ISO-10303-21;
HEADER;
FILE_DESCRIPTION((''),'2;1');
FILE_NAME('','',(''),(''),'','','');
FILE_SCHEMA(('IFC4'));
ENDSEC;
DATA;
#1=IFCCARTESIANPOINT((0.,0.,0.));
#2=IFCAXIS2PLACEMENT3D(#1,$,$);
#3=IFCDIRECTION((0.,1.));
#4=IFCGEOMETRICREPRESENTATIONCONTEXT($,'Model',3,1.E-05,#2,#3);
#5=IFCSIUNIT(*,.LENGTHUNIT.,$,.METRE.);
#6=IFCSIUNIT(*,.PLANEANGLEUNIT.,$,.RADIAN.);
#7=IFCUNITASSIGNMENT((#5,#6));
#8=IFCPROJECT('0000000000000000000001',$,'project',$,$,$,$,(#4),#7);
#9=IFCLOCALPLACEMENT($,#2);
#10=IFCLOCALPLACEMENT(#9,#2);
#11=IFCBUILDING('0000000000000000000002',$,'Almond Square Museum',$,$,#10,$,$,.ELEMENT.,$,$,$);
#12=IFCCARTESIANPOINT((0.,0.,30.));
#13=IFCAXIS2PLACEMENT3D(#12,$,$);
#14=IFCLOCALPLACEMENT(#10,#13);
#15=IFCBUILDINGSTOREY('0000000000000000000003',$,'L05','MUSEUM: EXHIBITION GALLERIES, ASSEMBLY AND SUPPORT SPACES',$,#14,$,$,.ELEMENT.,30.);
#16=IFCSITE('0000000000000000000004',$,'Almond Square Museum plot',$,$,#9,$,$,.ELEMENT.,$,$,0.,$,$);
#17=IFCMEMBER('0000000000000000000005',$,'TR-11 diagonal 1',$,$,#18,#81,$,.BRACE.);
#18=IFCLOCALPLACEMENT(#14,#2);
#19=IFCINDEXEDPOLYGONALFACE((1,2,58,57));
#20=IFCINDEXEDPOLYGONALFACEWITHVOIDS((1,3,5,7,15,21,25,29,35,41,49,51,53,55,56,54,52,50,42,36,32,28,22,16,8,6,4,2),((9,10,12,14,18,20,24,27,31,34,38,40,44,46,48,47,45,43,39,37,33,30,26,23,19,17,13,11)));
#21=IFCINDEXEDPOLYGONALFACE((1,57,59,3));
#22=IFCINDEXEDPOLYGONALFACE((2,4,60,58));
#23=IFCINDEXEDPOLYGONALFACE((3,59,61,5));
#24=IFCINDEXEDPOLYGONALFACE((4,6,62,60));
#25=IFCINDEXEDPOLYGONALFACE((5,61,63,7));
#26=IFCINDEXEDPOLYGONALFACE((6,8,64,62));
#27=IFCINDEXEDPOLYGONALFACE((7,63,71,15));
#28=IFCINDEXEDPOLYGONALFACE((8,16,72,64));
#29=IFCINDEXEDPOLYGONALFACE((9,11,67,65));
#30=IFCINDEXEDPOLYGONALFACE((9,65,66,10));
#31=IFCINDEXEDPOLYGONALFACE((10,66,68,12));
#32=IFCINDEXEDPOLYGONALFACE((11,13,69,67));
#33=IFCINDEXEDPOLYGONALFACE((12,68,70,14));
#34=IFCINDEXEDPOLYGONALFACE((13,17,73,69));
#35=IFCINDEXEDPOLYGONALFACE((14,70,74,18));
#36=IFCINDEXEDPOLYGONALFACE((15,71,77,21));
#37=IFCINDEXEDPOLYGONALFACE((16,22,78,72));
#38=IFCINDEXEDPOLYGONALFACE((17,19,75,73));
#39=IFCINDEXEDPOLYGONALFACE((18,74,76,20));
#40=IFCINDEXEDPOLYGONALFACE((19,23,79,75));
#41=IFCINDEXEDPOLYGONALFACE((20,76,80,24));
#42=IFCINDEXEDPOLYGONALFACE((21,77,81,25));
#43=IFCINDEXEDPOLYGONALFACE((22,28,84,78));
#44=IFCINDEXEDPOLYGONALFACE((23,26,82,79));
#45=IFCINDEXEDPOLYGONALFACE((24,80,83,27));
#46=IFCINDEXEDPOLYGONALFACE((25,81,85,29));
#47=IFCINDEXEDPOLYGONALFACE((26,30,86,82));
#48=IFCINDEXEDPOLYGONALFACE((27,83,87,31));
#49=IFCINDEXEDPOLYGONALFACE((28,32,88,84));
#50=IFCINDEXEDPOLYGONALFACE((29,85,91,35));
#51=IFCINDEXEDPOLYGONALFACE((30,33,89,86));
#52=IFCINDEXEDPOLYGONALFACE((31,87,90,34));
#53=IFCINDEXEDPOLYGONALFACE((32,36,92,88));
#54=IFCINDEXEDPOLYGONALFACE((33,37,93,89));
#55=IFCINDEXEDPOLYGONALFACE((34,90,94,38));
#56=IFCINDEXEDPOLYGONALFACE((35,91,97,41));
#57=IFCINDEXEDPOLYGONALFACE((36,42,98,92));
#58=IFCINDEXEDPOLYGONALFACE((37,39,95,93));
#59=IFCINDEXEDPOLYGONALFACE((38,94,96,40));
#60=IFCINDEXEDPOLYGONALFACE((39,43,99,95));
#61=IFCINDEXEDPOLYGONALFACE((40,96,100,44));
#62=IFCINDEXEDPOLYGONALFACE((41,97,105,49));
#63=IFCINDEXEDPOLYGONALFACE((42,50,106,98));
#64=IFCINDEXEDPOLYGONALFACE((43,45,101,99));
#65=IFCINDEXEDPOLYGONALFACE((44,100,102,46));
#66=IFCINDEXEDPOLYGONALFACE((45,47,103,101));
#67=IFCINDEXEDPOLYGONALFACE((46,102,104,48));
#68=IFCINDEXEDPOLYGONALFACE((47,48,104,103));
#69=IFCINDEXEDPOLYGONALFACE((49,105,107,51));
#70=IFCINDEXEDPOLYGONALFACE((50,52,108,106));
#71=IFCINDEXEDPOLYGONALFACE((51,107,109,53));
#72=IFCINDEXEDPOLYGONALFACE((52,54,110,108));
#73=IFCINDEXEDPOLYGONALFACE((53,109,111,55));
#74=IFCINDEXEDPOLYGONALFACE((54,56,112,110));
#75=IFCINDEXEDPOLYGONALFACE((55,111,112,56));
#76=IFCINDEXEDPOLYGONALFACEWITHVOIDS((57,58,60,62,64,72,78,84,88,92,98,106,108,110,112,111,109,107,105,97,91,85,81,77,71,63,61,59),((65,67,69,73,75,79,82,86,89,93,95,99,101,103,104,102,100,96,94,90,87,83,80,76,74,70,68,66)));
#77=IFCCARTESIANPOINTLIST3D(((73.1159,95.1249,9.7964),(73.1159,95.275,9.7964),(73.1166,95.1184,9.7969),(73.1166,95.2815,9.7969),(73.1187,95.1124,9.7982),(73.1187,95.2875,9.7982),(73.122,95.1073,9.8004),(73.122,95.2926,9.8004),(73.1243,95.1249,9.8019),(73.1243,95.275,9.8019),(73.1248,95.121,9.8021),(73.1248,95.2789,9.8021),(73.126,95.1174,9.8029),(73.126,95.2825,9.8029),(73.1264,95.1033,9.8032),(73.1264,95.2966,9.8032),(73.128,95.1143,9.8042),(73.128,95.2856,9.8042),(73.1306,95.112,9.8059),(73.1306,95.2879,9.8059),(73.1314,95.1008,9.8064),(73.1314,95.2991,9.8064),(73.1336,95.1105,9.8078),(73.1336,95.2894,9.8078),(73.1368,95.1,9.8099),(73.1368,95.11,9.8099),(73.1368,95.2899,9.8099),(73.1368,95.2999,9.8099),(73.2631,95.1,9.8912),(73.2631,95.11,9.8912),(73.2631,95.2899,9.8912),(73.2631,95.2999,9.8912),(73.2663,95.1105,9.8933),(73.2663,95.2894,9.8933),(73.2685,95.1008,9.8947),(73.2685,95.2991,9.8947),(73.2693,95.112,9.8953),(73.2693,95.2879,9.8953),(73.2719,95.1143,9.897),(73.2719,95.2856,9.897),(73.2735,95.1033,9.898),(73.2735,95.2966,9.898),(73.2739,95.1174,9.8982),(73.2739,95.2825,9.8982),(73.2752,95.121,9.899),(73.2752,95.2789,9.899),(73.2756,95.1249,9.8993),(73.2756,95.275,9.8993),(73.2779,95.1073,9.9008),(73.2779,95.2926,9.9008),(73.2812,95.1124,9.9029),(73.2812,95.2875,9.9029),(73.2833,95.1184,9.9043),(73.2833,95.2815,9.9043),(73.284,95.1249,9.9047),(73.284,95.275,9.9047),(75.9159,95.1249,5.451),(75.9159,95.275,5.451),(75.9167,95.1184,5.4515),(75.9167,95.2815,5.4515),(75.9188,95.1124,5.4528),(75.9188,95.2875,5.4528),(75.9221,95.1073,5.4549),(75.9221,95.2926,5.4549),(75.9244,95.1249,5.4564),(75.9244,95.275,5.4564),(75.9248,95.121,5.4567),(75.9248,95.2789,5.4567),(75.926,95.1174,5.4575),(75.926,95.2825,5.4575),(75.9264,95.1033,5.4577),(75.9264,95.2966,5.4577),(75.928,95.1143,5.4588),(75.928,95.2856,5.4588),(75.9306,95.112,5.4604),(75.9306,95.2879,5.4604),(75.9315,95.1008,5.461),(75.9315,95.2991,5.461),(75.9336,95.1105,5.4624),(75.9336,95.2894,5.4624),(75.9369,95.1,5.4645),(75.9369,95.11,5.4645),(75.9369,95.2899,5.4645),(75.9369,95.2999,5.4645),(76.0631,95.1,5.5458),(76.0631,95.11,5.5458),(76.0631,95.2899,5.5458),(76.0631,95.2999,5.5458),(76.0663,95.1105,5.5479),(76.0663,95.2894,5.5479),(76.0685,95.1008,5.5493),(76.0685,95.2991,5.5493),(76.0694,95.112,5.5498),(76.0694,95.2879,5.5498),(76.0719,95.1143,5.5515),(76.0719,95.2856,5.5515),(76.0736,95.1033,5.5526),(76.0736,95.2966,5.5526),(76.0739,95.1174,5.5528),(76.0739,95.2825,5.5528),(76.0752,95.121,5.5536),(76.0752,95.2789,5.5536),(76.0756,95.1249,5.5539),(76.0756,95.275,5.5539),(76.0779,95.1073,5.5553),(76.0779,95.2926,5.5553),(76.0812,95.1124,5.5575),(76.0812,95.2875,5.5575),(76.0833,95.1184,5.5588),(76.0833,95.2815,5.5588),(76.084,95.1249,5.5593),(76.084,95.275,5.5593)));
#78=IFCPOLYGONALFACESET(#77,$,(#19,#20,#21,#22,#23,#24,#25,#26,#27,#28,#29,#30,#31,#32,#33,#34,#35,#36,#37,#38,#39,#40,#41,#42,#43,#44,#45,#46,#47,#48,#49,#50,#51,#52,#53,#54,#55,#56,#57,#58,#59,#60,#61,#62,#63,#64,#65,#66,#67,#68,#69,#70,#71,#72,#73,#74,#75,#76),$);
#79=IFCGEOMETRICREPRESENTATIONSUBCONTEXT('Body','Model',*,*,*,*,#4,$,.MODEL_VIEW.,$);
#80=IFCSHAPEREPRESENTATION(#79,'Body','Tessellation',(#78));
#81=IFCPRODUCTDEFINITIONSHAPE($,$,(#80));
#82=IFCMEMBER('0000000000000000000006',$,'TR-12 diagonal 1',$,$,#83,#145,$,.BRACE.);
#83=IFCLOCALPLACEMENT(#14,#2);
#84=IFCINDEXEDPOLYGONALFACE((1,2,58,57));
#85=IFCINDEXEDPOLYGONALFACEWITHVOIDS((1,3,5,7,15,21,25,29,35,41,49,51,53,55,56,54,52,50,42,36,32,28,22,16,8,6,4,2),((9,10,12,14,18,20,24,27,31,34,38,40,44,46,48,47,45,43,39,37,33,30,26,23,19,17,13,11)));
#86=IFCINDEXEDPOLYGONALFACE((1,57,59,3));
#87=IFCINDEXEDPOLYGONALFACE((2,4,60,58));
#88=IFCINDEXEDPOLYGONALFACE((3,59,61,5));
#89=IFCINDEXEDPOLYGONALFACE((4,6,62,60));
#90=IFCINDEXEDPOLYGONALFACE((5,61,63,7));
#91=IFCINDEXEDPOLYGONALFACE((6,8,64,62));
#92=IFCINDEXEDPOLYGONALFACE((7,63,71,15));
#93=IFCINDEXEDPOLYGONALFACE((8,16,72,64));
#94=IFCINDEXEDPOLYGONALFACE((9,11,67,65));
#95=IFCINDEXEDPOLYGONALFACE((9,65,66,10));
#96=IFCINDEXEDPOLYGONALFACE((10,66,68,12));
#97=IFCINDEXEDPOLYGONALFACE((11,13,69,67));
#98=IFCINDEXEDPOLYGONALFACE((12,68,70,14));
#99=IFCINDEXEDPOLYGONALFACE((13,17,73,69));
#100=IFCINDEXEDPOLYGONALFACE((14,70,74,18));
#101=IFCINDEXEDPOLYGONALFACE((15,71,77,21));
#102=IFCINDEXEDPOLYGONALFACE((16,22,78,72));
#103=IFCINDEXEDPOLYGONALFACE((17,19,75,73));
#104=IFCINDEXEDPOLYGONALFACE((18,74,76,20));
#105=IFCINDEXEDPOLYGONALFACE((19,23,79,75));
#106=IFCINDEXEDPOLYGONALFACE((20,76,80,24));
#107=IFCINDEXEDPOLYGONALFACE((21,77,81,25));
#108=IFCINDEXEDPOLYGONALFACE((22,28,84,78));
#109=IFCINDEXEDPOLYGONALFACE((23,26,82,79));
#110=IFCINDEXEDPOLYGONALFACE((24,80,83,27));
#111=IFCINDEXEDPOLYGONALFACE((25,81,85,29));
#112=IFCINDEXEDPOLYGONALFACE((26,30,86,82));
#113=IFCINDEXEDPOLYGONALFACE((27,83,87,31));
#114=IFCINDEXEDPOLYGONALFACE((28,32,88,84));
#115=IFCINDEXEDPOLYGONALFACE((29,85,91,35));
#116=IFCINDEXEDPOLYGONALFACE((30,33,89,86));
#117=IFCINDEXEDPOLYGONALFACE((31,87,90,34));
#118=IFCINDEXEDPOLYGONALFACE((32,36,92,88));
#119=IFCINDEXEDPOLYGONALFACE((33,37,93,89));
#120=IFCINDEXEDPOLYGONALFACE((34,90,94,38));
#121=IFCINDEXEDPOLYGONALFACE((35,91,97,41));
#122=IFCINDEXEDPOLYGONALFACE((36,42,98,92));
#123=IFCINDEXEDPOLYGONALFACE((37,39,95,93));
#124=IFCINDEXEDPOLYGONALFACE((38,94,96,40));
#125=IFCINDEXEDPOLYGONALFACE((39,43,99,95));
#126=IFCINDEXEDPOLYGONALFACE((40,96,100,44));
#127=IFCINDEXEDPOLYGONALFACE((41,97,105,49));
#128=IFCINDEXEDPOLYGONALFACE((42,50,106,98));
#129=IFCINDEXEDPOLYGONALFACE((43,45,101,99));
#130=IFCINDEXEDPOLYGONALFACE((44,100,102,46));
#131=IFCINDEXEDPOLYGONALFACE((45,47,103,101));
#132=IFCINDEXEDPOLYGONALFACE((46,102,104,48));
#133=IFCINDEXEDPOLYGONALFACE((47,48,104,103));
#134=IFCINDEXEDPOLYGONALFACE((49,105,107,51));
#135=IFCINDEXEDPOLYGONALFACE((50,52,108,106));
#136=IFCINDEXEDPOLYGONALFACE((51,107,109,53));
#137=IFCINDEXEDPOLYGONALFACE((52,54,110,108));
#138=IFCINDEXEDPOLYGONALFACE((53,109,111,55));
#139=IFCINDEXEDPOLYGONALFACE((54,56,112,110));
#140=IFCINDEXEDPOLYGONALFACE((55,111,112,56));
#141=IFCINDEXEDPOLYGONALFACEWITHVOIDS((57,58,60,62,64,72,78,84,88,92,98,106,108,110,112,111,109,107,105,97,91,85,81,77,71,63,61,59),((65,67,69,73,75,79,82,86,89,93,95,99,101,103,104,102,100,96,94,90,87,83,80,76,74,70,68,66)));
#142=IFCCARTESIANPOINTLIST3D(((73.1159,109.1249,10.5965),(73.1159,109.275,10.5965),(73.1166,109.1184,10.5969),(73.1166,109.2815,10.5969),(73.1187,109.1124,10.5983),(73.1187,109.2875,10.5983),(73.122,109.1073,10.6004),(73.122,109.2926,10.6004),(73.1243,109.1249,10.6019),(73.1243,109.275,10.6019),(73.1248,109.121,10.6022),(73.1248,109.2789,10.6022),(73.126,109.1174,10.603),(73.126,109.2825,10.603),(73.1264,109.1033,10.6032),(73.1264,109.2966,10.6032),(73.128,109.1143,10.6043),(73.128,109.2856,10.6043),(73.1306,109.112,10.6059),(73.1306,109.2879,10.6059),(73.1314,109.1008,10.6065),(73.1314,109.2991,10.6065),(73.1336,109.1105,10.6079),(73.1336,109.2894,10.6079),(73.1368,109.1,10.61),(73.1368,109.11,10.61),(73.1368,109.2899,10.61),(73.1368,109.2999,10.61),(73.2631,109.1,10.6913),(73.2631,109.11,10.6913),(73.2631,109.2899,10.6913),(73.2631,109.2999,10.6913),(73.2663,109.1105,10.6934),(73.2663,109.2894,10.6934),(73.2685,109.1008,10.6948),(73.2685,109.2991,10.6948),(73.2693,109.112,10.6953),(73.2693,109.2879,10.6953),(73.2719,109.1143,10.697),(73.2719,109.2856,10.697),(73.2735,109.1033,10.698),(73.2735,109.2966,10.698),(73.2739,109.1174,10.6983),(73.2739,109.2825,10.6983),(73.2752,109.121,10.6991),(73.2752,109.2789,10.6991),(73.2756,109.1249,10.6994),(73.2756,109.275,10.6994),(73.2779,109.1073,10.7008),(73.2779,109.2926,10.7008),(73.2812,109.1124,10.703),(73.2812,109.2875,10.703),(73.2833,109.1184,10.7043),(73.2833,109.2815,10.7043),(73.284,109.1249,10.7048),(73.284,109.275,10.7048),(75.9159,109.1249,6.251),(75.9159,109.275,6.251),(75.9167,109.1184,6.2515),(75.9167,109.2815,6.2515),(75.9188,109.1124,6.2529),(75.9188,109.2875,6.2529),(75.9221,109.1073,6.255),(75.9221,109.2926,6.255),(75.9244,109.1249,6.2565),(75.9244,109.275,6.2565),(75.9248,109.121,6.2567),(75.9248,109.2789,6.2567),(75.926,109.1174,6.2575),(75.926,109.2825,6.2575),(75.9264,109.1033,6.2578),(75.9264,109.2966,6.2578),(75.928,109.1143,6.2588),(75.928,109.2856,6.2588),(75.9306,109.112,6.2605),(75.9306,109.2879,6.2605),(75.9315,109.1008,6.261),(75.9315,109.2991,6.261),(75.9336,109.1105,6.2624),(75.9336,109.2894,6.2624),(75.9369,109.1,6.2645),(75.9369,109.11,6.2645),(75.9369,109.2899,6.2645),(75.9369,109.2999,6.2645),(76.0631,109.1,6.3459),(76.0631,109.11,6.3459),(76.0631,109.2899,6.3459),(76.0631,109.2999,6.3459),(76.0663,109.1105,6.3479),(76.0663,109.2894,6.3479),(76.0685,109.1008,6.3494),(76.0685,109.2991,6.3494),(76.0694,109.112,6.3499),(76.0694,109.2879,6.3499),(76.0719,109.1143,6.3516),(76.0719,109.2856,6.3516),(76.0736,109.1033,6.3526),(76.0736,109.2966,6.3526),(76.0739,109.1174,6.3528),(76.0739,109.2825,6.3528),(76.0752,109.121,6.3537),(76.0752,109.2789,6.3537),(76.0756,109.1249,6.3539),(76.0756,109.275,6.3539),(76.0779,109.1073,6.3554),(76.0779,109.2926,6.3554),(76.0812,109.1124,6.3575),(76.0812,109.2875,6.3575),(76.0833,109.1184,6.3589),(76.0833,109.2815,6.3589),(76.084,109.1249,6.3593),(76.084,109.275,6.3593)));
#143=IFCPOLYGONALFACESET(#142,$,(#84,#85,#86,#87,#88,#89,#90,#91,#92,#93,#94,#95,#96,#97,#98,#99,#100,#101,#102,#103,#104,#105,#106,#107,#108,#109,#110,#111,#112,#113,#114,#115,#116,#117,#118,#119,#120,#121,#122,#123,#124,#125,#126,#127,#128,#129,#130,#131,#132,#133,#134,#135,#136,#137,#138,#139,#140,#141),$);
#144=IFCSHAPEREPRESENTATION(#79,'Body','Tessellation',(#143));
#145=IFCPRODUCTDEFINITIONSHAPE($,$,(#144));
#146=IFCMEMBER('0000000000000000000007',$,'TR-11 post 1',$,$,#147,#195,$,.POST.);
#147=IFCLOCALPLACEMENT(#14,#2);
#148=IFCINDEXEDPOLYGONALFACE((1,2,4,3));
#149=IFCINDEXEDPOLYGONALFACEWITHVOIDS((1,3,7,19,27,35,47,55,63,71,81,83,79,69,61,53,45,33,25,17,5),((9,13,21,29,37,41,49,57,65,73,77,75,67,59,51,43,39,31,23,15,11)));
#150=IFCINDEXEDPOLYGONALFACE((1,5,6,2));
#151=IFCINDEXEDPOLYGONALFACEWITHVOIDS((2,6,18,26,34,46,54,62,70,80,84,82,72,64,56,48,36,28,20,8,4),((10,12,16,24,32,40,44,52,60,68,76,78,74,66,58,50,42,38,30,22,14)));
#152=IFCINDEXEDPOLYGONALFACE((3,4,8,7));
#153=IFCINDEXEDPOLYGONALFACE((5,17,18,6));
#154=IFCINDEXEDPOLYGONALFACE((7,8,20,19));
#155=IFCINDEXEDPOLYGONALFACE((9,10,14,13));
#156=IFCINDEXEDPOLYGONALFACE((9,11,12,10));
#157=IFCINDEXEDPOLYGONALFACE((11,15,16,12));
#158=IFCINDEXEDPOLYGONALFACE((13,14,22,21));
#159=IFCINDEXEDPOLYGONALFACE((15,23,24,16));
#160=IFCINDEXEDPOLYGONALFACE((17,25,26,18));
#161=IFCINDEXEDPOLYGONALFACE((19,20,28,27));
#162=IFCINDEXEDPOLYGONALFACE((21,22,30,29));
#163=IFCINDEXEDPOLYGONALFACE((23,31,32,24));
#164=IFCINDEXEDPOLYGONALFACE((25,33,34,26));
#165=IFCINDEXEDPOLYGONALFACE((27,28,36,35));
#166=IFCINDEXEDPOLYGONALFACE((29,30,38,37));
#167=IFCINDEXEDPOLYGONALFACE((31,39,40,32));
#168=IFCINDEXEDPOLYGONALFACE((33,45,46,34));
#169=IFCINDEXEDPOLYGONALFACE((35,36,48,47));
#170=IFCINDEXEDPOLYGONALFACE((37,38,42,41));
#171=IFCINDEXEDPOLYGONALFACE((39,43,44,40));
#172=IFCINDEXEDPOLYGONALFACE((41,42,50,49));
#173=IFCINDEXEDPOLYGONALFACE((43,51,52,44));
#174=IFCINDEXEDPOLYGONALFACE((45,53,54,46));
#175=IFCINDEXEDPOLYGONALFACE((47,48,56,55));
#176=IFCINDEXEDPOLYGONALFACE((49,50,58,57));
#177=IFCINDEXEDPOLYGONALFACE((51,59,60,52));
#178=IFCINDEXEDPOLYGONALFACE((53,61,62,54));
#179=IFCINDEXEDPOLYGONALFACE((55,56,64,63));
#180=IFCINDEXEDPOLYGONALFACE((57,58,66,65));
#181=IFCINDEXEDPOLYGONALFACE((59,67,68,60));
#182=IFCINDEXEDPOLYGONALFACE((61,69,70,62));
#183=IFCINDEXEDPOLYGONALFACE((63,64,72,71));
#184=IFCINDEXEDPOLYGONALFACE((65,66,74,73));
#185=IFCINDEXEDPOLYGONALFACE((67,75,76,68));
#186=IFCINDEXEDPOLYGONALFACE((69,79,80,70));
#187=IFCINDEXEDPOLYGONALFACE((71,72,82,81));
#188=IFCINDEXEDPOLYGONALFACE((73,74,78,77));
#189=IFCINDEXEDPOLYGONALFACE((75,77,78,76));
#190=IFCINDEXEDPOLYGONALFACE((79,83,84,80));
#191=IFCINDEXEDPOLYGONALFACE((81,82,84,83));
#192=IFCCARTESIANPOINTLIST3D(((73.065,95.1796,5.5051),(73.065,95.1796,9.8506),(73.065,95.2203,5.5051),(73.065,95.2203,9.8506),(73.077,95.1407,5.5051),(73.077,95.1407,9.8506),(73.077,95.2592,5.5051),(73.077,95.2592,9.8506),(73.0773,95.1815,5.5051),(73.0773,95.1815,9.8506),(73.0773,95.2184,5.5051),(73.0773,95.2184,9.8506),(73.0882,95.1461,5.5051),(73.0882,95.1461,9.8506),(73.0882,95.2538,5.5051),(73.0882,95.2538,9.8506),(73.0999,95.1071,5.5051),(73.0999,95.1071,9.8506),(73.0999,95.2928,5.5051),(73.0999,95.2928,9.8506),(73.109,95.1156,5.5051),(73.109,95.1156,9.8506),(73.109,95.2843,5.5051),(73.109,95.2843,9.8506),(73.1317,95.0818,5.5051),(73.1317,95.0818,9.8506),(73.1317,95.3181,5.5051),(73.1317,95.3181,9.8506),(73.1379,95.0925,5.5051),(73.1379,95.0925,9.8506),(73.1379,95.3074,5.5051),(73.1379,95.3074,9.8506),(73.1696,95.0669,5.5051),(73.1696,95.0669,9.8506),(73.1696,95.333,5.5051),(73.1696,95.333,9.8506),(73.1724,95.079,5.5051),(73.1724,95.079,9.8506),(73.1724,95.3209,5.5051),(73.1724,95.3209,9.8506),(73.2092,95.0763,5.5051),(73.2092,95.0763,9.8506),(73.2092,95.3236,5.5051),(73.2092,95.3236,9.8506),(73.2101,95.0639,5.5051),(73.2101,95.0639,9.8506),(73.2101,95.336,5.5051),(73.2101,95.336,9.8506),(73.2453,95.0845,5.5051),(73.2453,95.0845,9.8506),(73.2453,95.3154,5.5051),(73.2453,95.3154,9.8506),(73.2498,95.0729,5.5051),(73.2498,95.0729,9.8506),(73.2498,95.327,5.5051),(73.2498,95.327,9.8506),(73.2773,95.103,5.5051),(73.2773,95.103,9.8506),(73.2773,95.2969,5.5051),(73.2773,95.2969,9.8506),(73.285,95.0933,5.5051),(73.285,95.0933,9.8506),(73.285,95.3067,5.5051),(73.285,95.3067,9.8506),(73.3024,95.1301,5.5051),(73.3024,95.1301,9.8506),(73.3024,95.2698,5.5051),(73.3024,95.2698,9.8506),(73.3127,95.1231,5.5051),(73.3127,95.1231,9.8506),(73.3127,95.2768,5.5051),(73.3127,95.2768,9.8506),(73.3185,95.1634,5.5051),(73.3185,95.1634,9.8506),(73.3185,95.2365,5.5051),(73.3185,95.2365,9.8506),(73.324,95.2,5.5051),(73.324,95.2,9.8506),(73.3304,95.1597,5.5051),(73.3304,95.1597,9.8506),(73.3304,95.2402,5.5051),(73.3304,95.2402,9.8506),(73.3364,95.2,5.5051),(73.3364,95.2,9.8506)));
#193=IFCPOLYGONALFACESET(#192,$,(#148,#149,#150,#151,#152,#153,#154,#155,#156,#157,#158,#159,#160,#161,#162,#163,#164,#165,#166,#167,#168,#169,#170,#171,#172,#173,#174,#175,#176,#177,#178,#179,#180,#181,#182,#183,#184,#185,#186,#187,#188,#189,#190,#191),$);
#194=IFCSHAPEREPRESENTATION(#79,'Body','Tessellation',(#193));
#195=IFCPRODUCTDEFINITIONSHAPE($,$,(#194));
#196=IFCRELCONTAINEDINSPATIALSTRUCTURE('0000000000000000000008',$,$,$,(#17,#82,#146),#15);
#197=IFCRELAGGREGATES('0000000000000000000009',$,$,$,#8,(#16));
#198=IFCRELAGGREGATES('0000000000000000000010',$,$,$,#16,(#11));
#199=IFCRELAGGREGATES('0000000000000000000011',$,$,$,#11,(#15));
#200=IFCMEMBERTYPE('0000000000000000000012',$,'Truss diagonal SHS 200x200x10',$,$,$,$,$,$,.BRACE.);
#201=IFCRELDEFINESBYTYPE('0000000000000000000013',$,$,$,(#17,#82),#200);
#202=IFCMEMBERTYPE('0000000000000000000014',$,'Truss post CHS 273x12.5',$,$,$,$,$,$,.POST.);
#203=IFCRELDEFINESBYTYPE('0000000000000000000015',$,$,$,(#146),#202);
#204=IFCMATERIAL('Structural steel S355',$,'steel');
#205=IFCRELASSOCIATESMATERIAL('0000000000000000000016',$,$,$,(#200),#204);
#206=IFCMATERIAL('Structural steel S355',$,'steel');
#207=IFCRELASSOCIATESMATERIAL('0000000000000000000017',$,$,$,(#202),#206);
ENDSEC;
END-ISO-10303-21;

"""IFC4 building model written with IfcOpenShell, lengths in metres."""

from ifc_helpers import new_model, si_unit, direction, frame, origin, origin_2d, place, context, subcontext, project, spatial, hollow_rectangle, hollow_circle, extrude, material, material_profile, profile_set, type_object, element, save


model = new_model("IFC4")

# Units and contexts
model_context = context("Model", 3, precision=1e-05, world=origin(), true_north=direction((0.0, 1.0)))
body_context = subcontext(model_context, "Body", "Model", "MODEL_VIEW")
ifc_project = project(units=[si_unit("LENGTHUNIT", "METRE"), si_unit("PLANEANGLEUNIT", "RADIAN")], contexts=[model_context])

# Site, building, storey
site_placement = place(None, origin())
site = spatial("IfcSite", under=ifc_project, at=site_placement, Name="Almond Square Museum plot", CompositionType="ELEMENT", RefElevation=0.0)
building_placement = place(site_placement, origin())
building = spatial("IfcBuilding", under=site, at=building_placement, Name="Almond Square Museum", CompositionType="ELEMENT")
storey_placement = place(building_placement, frame((0.0, 0.0, 30.0)))
storey = spatial("IfcBuildingStorey", under=building, at=storey_placement, Name="L05", Description="MUSEUM: EXHIBITION GALLERIES, ASSEMBLY AND SUPPORT SPACES", CompositionType="ELEMENT", Elevation=30.0)

# Members
ifc_material_1 = material(Name="Structural steel S355", Category="steel")
ifc_material_profile_1 = material_profile(ifc_material_1, hollow_rectangle(XDim=0.2, YDim=0.2, WallThickness=0.01, InnerFilletRadius=0.0149, OuterFilletRadius=0.0249, at=origin_2d()))
ifc_profile_set_1 = profile_set([ifc_material_profile_1], Name="Structural steel S355")
member_type_1 = type_object("IfcMemberType", Name="Truss diagonal SHS 200x200x10", PredefinedType="BRACE", material=ifc_profile_set_1)
for number, where, z_axis, x_axis, name in (
    (1, (73.2, 95.2, 9.8506), (0.541652, 0.0, -0.840603), (0.0, 1.0, 0.0), "TR-11 diagonal 1"),
    (2, (73.2, 109.2, 10.6506), (0.541652, 0.0, -0.840603), (0.0, 1.0, 0.0), "TR-12 diagonal 1"),
):
    element("IfcMember", number, at=place(storey_placement, frame(where, z_axis=z_axis, x_axis=x_axis)), inside=storey, type_object=member_type_1, Name=name, PredefinedType="BRACE", context=body_context, shape_type="SweptSolid", body=[
        extrude(hollow_rectangle(XDim=0.2, YDim=0.2, WallThickness=0.01, InnerFilletRadius=0.0149, OuterFilletRadius=0.0249, at=origin_2d()), origin(), (0.0, 0.0, 1.0), 5.1694),
    ])
ifc_material_2 = material(Name="Structural steel S355", Category="steel")
ifc_material_profile_2 = material_profile(ifc_material_2, hollow_circle(Radius=0.1365, WallThickness=0.0125, at=origin_2d()))
ifc_profile_set_2 = profile_set([ifc_material_profile_2], Name="Structural steel S355")
member_type_2 = type_object("IfcMemberType", Name="Truss post CHS 273x12.5", PredefinedType="POST", material=ifc_profile_set_2)
for number, where, z_axis, x_axis, name in (
    (3, (73.2, 95.2, 5.5051), (0.0, 0.0, 1.0), (1.0, 0.0, 0.0), "TR-11 post 1"),
):
    element("IfcMember", number, at=place(storey_placement, frame(where, z_axis=z_axis, x_axis=x_axis)), inside=storey, type_object=member_type_2, Name=name, PredefinedType="POST", context=body_context, shape_type="SweptSolid", body=[
        extrude(hollow_circle(Radius=0.1365, WallThickness=0.0125, at=origin_2d()), origin(), (0.0, 0.0, 1.0), 4.3455),
    ])

save(model, "model.ifc")
